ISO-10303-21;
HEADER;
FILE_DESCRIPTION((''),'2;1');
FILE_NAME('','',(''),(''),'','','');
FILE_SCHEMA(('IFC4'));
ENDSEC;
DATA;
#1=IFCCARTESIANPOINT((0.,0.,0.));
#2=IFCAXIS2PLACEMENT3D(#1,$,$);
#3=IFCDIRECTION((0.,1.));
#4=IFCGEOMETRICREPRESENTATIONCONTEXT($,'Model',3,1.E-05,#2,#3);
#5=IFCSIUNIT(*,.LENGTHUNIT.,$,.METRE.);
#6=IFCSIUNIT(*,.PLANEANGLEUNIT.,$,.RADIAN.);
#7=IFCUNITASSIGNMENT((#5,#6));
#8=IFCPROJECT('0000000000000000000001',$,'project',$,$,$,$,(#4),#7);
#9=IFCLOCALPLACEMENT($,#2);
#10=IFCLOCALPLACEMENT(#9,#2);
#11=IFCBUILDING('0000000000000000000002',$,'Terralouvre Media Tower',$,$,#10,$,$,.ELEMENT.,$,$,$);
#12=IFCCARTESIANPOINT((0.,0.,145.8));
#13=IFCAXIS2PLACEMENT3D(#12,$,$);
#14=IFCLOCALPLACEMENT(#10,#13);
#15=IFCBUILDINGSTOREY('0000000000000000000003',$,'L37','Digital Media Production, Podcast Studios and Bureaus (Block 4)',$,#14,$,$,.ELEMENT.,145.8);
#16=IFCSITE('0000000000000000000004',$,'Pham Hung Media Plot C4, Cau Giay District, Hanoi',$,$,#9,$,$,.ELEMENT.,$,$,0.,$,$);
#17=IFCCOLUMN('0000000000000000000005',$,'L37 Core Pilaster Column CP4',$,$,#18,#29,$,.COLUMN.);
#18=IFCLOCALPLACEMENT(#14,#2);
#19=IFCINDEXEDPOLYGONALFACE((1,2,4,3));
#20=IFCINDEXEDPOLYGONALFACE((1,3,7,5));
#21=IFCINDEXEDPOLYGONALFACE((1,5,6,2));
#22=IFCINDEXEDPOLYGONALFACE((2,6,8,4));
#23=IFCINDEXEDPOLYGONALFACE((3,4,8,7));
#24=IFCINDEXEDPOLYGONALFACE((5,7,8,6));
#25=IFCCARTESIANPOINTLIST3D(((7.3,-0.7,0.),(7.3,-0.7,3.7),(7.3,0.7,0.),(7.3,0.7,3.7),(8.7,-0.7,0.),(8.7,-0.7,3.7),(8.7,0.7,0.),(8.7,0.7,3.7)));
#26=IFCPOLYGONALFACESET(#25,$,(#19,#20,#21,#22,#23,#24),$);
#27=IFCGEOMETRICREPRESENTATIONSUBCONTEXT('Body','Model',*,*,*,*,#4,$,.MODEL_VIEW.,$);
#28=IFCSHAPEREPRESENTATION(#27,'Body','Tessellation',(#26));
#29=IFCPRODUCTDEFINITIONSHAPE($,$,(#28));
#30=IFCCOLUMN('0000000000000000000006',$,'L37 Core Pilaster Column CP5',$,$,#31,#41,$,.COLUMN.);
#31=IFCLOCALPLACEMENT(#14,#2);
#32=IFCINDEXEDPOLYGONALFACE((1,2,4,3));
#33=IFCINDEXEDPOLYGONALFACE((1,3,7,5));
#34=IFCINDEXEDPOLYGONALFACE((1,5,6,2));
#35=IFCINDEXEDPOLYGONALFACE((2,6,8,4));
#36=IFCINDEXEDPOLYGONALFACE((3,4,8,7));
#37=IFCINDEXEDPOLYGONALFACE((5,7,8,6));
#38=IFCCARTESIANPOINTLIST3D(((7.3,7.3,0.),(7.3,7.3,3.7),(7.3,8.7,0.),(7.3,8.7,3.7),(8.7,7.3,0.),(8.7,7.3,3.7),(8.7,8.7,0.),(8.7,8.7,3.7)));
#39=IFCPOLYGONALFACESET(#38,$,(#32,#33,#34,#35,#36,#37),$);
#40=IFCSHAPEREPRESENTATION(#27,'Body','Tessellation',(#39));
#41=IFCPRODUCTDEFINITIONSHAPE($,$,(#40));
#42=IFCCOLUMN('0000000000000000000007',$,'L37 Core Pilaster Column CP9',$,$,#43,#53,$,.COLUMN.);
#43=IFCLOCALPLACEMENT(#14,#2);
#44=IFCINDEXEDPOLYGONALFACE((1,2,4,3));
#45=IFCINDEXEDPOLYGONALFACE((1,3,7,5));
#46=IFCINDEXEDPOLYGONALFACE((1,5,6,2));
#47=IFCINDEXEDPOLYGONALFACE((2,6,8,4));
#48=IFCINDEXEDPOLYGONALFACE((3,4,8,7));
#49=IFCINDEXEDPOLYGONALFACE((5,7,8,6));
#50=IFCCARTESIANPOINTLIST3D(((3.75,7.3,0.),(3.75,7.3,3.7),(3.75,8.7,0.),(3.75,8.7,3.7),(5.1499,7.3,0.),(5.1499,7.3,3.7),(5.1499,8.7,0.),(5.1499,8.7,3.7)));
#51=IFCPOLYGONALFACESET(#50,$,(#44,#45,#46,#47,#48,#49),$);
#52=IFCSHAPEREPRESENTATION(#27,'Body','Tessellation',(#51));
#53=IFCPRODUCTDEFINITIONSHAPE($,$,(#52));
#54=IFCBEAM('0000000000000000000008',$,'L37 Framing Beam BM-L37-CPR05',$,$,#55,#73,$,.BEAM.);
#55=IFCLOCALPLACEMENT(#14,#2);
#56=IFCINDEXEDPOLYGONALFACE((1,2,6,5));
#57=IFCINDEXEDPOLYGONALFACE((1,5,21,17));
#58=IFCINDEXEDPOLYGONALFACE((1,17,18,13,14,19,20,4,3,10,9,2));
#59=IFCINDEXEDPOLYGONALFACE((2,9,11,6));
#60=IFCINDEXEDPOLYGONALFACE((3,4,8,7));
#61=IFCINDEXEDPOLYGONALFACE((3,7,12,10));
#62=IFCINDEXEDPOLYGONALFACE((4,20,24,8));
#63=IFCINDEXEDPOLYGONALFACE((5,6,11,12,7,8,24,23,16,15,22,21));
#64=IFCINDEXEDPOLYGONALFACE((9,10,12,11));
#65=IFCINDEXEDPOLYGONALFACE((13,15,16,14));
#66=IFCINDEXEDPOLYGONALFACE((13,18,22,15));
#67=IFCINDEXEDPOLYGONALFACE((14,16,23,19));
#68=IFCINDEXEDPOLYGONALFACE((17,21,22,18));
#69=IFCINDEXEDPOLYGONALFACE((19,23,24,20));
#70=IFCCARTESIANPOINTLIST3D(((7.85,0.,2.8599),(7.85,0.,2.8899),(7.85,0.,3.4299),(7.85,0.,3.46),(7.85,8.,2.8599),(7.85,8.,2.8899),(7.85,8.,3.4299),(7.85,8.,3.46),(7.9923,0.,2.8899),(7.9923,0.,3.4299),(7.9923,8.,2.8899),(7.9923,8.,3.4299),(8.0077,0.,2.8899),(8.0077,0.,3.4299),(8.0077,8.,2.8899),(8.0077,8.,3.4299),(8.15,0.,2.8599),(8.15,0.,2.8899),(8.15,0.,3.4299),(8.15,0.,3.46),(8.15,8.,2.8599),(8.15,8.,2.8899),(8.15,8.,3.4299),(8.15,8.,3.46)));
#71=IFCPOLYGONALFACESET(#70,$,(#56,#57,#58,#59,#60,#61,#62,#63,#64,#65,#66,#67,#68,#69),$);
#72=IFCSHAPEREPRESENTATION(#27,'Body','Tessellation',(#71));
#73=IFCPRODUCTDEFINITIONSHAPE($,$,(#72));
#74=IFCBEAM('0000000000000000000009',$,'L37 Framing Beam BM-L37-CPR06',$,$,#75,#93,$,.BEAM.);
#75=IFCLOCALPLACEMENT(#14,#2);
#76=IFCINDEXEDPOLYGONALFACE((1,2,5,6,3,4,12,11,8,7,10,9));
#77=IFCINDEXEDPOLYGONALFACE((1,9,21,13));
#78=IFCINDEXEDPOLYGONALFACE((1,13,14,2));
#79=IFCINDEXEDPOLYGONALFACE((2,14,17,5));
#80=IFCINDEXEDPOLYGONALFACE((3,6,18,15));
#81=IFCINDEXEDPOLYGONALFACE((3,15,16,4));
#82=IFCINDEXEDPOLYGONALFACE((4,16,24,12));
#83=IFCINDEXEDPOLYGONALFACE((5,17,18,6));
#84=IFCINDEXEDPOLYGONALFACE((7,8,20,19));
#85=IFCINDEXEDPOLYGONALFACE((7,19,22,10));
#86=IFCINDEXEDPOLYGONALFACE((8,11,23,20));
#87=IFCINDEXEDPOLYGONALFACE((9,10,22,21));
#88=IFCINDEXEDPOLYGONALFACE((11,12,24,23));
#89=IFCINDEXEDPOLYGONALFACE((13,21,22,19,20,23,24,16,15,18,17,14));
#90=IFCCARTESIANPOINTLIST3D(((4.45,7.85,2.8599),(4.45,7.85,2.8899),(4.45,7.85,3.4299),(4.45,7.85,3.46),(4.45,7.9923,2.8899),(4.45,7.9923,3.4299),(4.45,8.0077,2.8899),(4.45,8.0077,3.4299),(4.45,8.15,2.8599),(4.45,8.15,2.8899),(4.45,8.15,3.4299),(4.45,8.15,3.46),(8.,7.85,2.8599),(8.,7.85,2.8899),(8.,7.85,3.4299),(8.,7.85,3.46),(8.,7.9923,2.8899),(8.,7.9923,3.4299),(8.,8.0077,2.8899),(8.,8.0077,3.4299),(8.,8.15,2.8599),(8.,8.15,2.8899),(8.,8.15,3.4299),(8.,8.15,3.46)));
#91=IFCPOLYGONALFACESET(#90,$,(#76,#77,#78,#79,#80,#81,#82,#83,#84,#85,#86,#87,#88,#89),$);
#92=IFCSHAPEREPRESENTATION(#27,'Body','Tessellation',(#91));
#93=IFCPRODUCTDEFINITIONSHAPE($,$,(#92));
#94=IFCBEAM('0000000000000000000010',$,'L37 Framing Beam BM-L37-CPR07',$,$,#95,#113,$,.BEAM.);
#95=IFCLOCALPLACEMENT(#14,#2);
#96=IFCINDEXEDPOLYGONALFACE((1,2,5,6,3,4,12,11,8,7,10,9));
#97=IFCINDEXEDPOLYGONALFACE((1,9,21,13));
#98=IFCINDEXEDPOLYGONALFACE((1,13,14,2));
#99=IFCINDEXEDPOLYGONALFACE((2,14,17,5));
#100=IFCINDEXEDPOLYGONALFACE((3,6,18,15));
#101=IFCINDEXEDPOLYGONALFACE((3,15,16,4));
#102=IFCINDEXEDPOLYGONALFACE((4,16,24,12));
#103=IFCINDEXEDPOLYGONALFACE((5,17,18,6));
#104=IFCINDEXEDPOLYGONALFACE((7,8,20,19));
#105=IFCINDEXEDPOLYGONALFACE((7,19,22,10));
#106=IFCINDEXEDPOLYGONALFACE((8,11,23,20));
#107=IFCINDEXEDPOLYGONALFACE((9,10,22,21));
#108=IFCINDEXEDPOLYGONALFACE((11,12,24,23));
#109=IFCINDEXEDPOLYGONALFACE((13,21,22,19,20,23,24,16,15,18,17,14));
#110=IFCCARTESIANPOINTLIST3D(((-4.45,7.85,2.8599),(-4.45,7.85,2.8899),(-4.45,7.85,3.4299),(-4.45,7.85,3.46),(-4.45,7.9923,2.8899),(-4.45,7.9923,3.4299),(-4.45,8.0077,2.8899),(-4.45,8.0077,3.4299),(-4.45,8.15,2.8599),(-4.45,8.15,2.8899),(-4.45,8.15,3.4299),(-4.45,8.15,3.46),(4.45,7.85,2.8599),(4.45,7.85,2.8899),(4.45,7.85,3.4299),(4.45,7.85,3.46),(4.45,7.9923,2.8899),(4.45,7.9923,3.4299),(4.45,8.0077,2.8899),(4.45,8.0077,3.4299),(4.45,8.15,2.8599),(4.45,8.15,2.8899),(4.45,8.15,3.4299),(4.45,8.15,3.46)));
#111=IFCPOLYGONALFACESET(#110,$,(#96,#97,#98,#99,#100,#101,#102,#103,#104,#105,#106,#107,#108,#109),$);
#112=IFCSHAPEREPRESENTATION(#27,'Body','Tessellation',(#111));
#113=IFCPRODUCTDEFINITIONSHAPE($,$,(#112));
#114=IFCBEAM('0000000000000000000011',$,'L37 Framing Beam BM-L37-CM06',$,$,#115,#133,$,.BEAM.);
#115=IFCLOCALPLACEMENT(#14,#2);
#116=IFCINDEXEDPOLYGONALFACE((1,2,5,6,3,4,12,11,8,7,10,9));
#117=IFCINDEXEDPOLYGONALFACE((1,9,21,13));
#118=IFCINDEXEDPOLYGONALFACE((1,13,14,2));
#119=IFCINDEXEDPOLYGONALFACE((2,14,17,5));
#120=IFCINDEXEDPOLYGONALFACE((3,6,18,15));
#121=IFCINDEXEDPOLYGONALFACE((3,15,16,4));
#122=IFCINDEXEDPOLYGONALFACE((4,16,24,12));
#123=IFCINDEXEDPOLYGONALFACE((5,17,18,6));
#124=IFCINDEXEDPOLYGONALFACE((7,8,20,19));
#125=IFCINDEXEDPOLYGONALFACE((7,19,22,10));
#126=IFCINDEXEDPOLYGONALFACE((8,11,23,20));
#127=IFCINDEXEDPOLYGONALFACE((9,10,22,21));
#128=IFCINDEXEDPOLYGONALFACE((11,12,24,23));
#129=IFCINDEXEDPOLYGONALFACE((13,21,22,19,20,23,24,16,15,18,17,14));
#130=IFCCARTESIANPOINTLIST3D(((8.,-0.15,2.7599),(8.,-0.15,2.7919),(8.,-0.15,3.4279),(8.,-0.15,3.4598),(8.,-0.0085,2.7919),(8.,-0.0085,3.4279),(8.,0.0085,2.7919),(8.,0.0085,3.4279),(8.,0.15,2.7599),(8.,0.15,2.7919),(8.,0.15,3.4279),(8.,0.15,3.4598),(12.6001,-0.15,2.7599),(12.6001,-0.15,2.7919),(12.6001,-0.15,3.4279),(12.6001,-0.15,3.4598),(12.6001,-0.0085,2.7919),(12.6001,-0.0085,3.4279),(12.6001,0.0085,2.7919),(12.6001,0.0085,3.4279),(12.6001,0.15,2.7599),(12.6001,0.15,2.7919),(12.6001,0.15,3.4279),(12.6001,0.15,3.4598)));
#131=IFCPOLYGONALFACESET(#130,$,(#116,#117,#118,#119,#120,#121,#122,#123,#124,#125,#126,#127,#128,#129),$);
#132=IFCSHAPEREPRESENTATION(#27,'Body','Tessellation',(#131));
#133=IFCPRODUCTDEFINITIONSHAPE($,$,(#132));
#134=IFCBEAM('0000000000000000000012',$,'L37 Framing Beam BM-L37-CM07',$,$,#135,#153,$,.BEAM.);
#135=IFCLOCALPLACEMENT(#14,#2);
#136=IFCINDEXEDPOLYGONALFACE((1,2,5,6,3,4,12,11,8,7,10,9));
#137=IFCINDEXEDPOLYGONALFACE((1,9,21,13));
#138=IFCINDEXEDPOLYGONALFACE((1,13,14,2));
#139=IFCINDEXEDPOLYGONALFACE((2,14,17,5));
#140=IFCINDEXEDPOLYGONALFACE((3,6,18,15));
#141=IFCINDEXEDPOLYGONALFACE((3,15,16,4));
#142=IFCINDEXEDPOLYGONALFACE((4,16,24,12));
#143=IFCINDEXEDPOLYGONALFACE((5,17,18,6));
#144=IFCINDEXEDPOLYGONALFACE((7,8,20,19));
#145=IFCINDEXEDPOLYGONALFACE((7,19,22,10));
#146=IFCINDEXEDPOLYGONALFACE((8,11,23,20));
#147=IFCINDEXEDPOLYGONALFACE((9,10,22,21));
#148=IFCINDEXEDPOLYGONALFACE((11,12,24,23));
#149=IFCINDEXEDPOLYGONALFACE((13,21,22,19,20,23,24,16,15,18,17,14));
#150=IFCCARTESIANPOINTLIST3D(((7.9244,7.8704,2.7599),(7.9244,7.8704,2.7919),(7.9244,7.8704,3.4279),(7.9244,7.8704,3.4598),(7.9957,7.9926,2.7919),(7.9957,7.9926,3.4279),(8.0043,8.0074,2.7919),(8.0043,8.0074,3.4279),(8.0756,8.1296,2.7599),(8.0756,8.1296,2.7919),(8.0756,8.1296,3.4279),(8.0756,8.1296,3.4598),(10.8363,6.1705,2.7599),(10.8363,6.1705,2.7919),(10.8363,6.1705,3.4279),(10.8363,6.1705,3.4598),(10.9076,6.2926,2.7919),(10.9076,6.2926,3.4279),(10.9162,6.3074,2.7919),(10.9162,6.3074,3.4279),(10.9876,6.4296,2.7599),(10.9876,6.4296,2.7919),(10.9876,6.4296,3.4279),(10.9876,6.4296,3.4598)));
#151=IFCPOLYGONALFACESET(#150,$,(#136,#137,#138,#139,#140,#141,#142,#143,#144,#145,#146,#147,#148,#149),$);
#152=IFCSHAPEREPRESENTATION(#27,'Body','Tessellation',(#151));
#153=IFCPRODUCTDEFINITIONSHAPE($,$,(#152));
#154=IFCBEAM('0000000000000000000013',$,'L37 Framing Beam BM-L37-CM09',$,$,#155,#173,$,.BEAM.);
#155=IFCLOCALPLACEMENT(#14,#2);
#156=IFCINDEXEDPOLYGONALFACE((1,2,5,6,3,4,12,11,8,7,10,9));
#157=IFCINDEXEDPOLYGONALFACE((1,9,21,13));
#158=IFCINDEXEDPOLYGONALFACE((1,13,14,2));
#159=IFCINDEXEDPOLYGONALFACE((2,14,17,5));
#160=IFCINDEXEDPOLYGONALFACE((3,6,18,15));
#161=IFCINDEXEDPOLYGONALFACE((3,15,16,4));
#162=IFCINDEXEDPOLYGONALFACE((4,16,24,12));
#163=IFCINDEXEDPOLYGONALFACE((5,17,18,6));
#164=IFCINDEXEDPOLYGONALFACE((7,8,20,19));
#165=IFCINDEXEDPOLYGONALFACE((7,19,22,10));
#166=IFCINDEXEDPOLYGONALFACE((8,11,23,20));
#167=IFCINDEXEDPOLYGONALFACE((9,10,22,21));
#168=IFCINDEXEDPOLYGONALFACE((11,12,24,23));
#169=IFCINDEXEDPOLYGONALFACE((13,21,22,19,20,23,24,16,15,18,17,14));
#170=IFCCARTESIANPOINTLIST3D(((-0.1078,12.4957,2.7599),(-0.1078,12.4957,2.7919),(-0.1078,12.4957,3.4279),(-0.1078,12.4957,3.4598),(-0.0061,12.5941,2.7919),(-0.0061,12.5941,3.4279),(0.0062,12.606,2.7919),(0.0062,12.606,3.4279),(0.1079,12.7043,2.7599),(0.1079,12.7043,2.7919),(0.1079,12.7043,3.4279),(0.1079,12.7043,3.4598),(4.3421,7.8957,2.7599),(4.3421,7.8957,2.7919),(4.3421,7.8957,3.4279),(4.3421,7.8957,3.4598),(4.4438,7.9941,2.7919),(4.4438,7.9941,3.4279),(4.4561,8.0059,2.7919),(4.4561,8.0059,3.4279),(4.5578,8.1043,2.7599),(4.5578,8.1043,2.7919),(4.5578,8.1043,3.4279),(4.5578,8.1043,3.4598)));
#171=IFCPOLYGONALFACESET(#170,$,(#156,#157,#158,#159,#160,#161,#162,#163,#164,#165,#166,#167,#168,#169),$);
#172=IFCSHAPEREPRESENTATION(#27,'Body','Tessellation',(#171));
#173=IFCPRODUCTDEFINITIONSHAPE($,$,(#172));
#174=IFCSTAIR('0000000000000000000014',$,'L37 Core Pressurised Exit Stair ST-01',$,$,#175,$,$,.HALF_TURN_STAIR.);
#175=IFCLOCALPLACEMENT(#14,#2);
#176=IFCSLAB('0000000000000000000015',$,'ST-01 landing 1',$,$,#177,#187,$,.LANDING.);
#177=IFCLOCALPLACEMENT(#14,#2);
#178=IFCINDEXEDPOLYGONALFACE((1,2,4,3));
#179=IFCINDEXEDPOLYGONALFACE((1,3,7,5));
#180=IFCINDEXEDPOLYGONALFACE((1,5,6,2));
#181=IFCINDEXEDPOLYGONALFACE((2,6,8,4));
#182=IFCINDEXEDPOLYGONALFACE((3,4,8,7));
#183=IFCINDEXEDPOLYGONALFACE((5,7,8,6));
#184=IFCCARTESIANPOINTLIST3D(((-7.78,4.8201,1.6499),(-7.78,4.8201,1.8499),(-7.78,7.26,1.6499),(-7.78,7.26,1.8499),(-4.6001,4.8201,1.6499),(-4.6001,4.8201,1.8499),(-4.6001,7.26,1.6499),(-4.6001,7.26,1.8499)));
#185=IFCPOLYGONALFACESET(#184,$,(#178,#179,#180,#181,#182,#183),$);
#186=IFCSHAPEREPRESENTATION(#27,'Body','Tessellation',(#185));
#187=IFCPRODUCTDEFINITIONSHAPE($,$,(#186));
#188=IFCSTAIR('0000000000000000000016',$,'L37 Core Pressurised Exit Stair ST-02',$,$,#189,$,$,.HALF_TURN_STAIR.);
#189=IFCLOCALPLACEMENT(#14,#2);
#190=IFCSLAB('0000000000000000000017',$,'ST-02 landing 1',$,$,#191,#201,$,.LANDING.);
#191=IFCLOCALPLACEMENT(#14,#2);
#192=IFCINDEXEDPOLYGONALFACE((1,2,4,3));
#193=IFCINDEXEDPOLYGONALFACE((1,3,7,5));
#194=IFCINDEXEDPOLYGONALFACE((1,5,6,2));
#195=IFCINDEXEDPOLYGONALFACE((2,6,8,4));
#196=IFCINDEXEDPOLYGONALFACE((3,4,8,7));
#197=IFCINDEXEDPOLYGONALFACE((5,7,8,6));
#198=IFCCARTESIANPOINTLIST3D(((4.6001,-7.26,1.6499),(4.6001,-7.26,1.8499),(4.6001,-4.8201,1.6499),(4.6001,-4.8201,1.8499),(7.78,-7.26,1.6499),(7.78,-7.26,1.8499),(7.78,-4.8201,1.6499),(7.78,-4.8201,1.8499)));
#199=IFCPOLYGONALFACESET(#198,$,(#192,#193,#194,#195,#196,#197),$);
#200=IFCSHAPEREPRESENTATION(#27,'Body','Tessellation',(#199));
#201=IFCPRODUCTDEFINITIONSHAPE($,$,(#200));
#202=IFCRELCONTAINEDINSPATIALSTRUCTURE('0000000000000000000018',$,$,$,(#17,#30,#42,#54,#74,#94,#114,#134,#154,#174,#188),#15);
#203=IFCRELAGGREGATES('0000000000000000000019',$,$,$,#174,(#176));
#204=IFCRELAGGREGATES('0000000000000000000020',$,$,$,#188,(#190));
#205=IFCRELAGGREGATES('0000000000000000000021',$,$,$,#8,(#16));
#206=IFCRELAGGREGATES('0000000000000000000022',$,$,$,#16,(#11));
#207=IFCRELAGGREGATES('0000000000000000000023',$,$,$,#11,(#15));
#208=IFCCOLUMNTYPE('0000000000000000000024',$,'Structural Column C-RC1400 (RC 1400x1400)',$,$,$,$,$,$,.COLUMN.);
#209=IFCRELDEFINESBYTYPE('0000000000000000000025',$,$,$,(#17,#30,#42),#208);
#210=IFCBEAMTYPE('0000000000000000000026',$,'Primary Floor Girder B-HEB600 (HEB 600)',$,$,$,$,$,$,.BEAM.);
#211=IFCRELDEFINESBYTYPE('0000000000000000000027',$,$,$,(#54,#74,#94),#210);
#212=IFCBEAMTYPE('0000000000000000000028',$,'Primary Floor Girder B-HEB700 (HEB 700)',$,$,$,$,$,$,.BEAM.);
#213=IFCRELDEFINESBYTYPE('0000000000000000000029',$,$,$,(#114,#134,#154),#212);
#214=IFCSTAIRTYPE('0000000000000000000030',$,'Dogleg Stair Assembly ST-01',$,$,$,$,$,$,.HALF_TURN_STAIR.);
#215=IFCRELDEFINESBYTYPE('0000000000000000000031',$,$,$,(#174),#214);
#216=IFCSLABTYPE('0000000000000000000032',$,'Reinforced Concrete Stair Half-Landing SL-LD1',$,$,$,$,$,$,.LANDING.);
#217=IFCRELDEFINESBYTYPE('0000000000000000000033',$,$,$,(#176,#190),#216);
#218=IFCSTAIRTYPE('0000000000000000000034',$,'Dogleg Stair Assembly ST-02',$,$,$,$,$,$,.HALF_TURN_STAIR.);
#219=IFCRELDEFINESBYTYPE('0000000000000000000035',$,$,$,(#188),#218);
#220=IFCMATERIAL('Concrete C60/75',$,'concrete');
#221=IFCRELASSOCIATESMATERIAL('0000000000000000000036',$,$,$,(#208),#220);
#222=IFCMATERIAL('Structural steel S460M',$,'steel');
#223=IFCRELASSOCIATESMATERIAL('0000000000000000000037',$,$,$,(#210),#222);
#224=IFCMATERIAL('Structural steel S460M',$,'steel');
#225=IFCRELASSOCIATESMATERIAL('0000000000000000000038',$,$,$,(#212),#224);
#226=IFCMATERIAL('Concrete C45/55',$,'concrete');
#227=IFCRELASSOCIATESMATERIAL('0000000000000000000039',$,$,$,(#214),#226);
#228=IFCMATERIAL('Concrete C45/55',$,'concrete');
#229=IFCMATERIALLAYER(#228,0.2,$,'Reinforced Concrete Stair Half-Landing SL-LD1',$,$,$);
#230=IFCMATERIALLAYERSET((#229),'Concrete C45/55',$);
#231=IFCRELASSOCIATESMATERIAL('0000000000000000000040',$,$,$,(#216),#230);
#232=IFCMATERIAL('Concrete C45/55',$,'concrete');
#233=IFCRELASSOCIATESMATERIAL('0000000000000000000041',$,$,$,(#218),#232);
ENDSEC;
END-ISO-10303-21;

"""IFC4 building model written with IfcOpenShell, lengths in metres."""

from ifc_helpers import new_model, si_unit, direction, frame, origin, origin_2d, place, context, subcontext, project, spatial, polyline, rectangle, i_section, outline, extrude, material, layer, layer_set, material_profile, profile_set, type_object, element, aggregate, save


model = new_model("IFC4")

# Units and contexts
model_context = context("Model", 3, precision=1e-05, world=origin(), true_north=direction((0.0, 1.0)))
body_context = subcontext(model_context, "Body", "Model", "MODEL_VIEW")
ifc_project = project(units=[si_unit("LENGTHUNIT", "METRE"), si_unit("PLANEANGLEUNIT", "RADIAN")], contexts=[model_context])

# Site, building, storey
site_placement = place(None, origin())
site = spatial("IfcSite", under=ifc_project, at=site_placement, Name="Pham Hung Media Plot C4, Cau Giay District, Hanoi", CompositionType="ELEMENT", RefElevation=0.0)
building_placement = place(site_placement, origin())
building = spatial("IfcBuilding", under=site, at=building_placement, Name="Terralouvre Media Tower", CompositionType="ELEMENT")
storey_placement = place(building_placement, frame((0.0, 0.0, 145.8)))
storey = spatial("IfcBuildingStorey", under=building, at=storey_placement, Name="L37", Description="Digital Media Production, Podcast Studios and Bureaus (Block 4)", CompositionType="ELEMENT", Elevation=145.8)

# Columns
ifc_material_1 = material(Name="Concrete C60/75", Category="concrete")
ifc_material_profile_1 = material_profile(ifc_material_1, rectangle(XDim=1.3999, YDim=1.3999, at=origin_2d()), Name="RC 1400x1400")
ifc_profile_set_1 = profile_set([ifc_material_profile_1], Name="Concrete C60/75")
column_type = type_object("IfcColumnType", Name="Structural Column C-RC1400 (RC 1400x1400)", PredefinedType="COLUMN", material=ifc_profile_set_1)
for number, where, z_axis, x_axis, name in (
    (1, (8.0, 0.0, 0.0), (0.0, 0.0, 1.0), (1.0, 0.0, 0.0), "L37 Core Pilaster Column CP4"),
    (2, (8.0, 8.0, 0.0), (0.0, 0.0, 1.0), (1.0, 0.0, 0.0), "L37 Core Pilaster Column CP5"),
    (3, (4.45, 8.0, 0.0), (0.0, 0.0, 1.0), (1.0, 0.0, 0.0), "L37 Core Pilaster Column CP9"),
):
    element("IfcColumn", number, at=place(storey_placement, frame(where, z_axis=z_axis, x_axis=x_axis)), inside=storey, type_object=column_type, Name=name, PredefinedType="COLUMN", context=body_context, shape_type="SweptSolid", body=[
        extrude(rectangle(XDim=1.3999, YDim=1.3999, at=origin_2d()), origin(), (0.0, 0.0, 1.0), 3.7),
    ])

# Beams
ifc_material_2 = material(Name="Structural steel S460M", Category="steel")
ifc_material_profile_2 = material_profile(ifc_material_2, i_section(OverallWidth=0.3, OverallDepth=0.6001, WebThickness=0.0154, FlangeThickness=0.03, at=origin_2d()), Name="HEB 600")
ifc_profile_set_2 = profile_set([ifc_material_profile_2], Name="Structural steel S460M")
beam_type_1 = type_object("IfcBeamType", Name="Primary Floor Girder B-HEB600 (HEB 600)", PredefinedType="BEAM", material=ifc_profile_set_2)
beam_1_placement = place(storey_placement, frame((8.0, 0.0, 3.1599), z_axis=(0.0, 1.0, 0.0), x_axis=(-1.0, 0.0, 0.0)))
element("IfcBeam", 4, at=beam_1_placement, inside=storey, type_object=beam_type_1, Name="L37 Framing Beam BM-L37-CPR05", PredefinedType="BEAM", context=body_context, shape_type="SweptSolid", body=[
    extrude(i_section(OverallWidth=0.3, OverallDepth=0.6001, WebThickness=0.0154, FlangeThickness=0.03, at=origin_2d()), origin(), (0.0, 0.0, 1.0), 8.0),
])
beam_2_placement = place(storey_placement, frame((8.0, 8.0, 3.1599), z_axis=(-1.0, 0.0, 0.0), x_axis=(0.0, -1.0, 0.0)))
element("IfcBeam", 5, at=beam_2_placement, inside=storey, type_object=beam_type_1, Name="L37 Framing Beam BM-L37-CPR06", PredefinedType="BEAM", context=body_context, shape_type="SweptSolid", body=[
    extrude(i_section(OverallWidth=0.3, OverallDepth=0.6001, WebThickness=0.0154, FlangeThickness=0.03, at=origin_2d()), origin(), (0.0, 0.0, 1.0), 3.55),
])
beam_3_placement = place(storey_placement, frame((4.45, 8.0, 3.1599), z_axis=(-1.0, 0.0, 0.0), x_axis=(0.0, -1.0, 0.0)))
element("IfcBeam", 6, at=beam_3_placement, inside=storey, type_object=beam_type_1, Name="L37 Framing Beam BM-L37-CPR07", PredefinedType="BEAM", context=body_context, shape_type="SweptSolid", body=[
    extrude(i_section(OverallWidth=0.3, OverallDepth=0.6001, WebThickness=0.0154, FlangeThickness=0.03, at=origin_2d()), origin(), (0.0, 0.0, 1.0), 8.8999),
])
ifc_material_3 = material(Name="Structural steel S460M", Category="steel")
ifc_material_profile_3 = material_profile(ifc_material_3, i_section(OverallWidth=0.3, OverallDepth=0.7, WebThickness=0.0171, FlangeThickness=0.032, at=origin_2d()), Name="HEB 700")
ifc_profile_set_3 = profile_set([ifc_material_profile_3], Name="Structural steel S460M")
beam_type_2 = type_object("IfcBeamType", Name="Primary Floor Girder B-HEB700 (HEB 700)", PredefinedType="BEAM", material=ifc_profile_set_3)
beam_4_placement = place(storey_placement, frame((8.0, 0.0, 3.1099), z_axis=(1.0, 0.0, 0.0), x_axis=(0.0, 1.0, 0.0)))
element("IfcBeam", 7, at=beam_4_placement, inside=storey, type_object=beam_type_2, Name="L37 Framing Beam BM-L37-CM06", PredefinedType="BEAM", context=body_context, shape_type="SweptSolid", body=[
    extrude(i_section(OverallWidth=0.3, OverallDepth=0.7, WebThickness=0.0171, FlangeThickness=0.032, at=origin_2d()), origin(), (0.0, 0.0, 1.0), 4.6001),
])
beam_5_placement = place(storey_placement, frame((8.0, 8.0, 3.1099), z_axis=(0.863603, -0.504173, 0.0), x_axis=(0.504173, 0.863603, 0.0)))
element("IfcBeam", 8, at=beam_5_placement, inside=storey, type_object=beam_type_2, Name="L37 Framing Beam BM-L37-CM07", PredefinedType="BEAM", context=body_context, shape_type="SweptSolid", body=[
    extrude(i_section(OverallWidth=0.3, OverallDepth=0.7, WebThickness=0.0171, FlangeThickness=0.032, at=origin_2d()), origin(), (0.0, 0.0, 1.0), 3.3718),
])
beam_6_placement = place(storey_placement, frame((4.45, 8.0, 3.1099), z_axis=(-0.69528, 0.718739, 0.0), x_axis=(-0.718739, -0.69528, 0.0)))
element("IfcBeam", 9, at=beam_6_placement, inside=storey, type_object=beam_type_2, Name="L37 Framing Beam BM-L37-CM09", PredefinedType="BEAM", context=body_context, shape_type="SweptSolid", body=[
    extrude(i_section(OverallWidth=0.3, OverallDepth=0.7, WebThickness=0.0171, FlangeThickness=0.032, at=origin_2d()), origin(), (0.0, 0.0, 1.0), 6.4001),
])

# Stairs, slabs
ifc_material_4 = material(Name="Concrete C45/55", Category="concrete")
stair_type_1 = type_object("IfcStairType", Name="Dogleg Stair Assembly ST-01", PredefinedType="HALF_TURN_STAIR", material=ifc_material_4)
stair_1_placement = place(storey_placement, origin())
stair_1 = element("IfcStair", 10, at=stair_1_placement, inside=storey, type_object=stair_type_1, Name="L37 Core Pressurised Exit Stair ST-01", PredefinedType="HALF_TURN_STAIR")
ifc_material_5 = material(Name="Concrete C45/55", Category="concrete")
ifc_layer_1 = layer(ifc_material_5, 0.2, Name="Reinforced Concrete Stair Half-Landing SL-LD1")
ifc_layer_set_1 = layer_set([ifc_layer_1], Name="Concrete C45/55")
slab_type = type_object("IfcSlabType", Name="Reinforced Concrete Stair Half-Landing SL-LD1", PredefinedType="LANDING", material=ifc_layer_set_1)
slab_1_placement = place(storey_placement, frame((0.0, 0.0, 1.6499)))
slab_1 = element("IfcSlab", 11, at=slab_1_placement, type_object=slab_type, Name="ST-01 landing 1", PredefinedType="LANDING", context=body_context, shape_type="SweptSolid", body=[
    extrude(outline(polyline([(-4.6001, 4.8201), (-4.6001, 7.26), (-7.78, 7.26), (-7.78, 4.8201), (-4.6001, 4.8201)])), origin(), (0.0, 0.0, 1.0), 0.2),
])
aggregate(stair_1, [slab_1])
ifc_material_6 = material(Name="Concrete C45/55", Category="concrete")
stair_type_2 = type_object("IfcStairType", Name="Dogleg Stair Assembly ST-02", PredefinedType="HALF_TURN_STAIR", material=ifc_material_6)
stair_2_placement = place(storey_placement, origin())
stair_2 = element("IfcStair", 12, at=stair_2_placement, inside=storey, type_object=stair_type_2, Name="L37 Core Pressurised Exit Stair ST-02", PredefinedType="HALF_TURN_STAIR")
slab_2_placement = place(storey_placement, frame((0.0, 0.0, 1.6499)))
slab_2 = element("IfcSlab", 13, at=slab_2_placement, type_object=slab_type, Name="ST-02 landing 1", PredefinedType="LANDING", context=body_context, shape_type="SweptSolid", body=[
    extrude(outline(polyline([(4.6001, -4.8201), (4.6001, -7.26), (7.78, -7.26), (7.78, -4.8201), (4.6001, -4.8201)])), origin(), (0.0, 0.0, 1.0), 0.2),
])
aggregate(stair_2, [slab_2])

save(model, "model.ifc")
